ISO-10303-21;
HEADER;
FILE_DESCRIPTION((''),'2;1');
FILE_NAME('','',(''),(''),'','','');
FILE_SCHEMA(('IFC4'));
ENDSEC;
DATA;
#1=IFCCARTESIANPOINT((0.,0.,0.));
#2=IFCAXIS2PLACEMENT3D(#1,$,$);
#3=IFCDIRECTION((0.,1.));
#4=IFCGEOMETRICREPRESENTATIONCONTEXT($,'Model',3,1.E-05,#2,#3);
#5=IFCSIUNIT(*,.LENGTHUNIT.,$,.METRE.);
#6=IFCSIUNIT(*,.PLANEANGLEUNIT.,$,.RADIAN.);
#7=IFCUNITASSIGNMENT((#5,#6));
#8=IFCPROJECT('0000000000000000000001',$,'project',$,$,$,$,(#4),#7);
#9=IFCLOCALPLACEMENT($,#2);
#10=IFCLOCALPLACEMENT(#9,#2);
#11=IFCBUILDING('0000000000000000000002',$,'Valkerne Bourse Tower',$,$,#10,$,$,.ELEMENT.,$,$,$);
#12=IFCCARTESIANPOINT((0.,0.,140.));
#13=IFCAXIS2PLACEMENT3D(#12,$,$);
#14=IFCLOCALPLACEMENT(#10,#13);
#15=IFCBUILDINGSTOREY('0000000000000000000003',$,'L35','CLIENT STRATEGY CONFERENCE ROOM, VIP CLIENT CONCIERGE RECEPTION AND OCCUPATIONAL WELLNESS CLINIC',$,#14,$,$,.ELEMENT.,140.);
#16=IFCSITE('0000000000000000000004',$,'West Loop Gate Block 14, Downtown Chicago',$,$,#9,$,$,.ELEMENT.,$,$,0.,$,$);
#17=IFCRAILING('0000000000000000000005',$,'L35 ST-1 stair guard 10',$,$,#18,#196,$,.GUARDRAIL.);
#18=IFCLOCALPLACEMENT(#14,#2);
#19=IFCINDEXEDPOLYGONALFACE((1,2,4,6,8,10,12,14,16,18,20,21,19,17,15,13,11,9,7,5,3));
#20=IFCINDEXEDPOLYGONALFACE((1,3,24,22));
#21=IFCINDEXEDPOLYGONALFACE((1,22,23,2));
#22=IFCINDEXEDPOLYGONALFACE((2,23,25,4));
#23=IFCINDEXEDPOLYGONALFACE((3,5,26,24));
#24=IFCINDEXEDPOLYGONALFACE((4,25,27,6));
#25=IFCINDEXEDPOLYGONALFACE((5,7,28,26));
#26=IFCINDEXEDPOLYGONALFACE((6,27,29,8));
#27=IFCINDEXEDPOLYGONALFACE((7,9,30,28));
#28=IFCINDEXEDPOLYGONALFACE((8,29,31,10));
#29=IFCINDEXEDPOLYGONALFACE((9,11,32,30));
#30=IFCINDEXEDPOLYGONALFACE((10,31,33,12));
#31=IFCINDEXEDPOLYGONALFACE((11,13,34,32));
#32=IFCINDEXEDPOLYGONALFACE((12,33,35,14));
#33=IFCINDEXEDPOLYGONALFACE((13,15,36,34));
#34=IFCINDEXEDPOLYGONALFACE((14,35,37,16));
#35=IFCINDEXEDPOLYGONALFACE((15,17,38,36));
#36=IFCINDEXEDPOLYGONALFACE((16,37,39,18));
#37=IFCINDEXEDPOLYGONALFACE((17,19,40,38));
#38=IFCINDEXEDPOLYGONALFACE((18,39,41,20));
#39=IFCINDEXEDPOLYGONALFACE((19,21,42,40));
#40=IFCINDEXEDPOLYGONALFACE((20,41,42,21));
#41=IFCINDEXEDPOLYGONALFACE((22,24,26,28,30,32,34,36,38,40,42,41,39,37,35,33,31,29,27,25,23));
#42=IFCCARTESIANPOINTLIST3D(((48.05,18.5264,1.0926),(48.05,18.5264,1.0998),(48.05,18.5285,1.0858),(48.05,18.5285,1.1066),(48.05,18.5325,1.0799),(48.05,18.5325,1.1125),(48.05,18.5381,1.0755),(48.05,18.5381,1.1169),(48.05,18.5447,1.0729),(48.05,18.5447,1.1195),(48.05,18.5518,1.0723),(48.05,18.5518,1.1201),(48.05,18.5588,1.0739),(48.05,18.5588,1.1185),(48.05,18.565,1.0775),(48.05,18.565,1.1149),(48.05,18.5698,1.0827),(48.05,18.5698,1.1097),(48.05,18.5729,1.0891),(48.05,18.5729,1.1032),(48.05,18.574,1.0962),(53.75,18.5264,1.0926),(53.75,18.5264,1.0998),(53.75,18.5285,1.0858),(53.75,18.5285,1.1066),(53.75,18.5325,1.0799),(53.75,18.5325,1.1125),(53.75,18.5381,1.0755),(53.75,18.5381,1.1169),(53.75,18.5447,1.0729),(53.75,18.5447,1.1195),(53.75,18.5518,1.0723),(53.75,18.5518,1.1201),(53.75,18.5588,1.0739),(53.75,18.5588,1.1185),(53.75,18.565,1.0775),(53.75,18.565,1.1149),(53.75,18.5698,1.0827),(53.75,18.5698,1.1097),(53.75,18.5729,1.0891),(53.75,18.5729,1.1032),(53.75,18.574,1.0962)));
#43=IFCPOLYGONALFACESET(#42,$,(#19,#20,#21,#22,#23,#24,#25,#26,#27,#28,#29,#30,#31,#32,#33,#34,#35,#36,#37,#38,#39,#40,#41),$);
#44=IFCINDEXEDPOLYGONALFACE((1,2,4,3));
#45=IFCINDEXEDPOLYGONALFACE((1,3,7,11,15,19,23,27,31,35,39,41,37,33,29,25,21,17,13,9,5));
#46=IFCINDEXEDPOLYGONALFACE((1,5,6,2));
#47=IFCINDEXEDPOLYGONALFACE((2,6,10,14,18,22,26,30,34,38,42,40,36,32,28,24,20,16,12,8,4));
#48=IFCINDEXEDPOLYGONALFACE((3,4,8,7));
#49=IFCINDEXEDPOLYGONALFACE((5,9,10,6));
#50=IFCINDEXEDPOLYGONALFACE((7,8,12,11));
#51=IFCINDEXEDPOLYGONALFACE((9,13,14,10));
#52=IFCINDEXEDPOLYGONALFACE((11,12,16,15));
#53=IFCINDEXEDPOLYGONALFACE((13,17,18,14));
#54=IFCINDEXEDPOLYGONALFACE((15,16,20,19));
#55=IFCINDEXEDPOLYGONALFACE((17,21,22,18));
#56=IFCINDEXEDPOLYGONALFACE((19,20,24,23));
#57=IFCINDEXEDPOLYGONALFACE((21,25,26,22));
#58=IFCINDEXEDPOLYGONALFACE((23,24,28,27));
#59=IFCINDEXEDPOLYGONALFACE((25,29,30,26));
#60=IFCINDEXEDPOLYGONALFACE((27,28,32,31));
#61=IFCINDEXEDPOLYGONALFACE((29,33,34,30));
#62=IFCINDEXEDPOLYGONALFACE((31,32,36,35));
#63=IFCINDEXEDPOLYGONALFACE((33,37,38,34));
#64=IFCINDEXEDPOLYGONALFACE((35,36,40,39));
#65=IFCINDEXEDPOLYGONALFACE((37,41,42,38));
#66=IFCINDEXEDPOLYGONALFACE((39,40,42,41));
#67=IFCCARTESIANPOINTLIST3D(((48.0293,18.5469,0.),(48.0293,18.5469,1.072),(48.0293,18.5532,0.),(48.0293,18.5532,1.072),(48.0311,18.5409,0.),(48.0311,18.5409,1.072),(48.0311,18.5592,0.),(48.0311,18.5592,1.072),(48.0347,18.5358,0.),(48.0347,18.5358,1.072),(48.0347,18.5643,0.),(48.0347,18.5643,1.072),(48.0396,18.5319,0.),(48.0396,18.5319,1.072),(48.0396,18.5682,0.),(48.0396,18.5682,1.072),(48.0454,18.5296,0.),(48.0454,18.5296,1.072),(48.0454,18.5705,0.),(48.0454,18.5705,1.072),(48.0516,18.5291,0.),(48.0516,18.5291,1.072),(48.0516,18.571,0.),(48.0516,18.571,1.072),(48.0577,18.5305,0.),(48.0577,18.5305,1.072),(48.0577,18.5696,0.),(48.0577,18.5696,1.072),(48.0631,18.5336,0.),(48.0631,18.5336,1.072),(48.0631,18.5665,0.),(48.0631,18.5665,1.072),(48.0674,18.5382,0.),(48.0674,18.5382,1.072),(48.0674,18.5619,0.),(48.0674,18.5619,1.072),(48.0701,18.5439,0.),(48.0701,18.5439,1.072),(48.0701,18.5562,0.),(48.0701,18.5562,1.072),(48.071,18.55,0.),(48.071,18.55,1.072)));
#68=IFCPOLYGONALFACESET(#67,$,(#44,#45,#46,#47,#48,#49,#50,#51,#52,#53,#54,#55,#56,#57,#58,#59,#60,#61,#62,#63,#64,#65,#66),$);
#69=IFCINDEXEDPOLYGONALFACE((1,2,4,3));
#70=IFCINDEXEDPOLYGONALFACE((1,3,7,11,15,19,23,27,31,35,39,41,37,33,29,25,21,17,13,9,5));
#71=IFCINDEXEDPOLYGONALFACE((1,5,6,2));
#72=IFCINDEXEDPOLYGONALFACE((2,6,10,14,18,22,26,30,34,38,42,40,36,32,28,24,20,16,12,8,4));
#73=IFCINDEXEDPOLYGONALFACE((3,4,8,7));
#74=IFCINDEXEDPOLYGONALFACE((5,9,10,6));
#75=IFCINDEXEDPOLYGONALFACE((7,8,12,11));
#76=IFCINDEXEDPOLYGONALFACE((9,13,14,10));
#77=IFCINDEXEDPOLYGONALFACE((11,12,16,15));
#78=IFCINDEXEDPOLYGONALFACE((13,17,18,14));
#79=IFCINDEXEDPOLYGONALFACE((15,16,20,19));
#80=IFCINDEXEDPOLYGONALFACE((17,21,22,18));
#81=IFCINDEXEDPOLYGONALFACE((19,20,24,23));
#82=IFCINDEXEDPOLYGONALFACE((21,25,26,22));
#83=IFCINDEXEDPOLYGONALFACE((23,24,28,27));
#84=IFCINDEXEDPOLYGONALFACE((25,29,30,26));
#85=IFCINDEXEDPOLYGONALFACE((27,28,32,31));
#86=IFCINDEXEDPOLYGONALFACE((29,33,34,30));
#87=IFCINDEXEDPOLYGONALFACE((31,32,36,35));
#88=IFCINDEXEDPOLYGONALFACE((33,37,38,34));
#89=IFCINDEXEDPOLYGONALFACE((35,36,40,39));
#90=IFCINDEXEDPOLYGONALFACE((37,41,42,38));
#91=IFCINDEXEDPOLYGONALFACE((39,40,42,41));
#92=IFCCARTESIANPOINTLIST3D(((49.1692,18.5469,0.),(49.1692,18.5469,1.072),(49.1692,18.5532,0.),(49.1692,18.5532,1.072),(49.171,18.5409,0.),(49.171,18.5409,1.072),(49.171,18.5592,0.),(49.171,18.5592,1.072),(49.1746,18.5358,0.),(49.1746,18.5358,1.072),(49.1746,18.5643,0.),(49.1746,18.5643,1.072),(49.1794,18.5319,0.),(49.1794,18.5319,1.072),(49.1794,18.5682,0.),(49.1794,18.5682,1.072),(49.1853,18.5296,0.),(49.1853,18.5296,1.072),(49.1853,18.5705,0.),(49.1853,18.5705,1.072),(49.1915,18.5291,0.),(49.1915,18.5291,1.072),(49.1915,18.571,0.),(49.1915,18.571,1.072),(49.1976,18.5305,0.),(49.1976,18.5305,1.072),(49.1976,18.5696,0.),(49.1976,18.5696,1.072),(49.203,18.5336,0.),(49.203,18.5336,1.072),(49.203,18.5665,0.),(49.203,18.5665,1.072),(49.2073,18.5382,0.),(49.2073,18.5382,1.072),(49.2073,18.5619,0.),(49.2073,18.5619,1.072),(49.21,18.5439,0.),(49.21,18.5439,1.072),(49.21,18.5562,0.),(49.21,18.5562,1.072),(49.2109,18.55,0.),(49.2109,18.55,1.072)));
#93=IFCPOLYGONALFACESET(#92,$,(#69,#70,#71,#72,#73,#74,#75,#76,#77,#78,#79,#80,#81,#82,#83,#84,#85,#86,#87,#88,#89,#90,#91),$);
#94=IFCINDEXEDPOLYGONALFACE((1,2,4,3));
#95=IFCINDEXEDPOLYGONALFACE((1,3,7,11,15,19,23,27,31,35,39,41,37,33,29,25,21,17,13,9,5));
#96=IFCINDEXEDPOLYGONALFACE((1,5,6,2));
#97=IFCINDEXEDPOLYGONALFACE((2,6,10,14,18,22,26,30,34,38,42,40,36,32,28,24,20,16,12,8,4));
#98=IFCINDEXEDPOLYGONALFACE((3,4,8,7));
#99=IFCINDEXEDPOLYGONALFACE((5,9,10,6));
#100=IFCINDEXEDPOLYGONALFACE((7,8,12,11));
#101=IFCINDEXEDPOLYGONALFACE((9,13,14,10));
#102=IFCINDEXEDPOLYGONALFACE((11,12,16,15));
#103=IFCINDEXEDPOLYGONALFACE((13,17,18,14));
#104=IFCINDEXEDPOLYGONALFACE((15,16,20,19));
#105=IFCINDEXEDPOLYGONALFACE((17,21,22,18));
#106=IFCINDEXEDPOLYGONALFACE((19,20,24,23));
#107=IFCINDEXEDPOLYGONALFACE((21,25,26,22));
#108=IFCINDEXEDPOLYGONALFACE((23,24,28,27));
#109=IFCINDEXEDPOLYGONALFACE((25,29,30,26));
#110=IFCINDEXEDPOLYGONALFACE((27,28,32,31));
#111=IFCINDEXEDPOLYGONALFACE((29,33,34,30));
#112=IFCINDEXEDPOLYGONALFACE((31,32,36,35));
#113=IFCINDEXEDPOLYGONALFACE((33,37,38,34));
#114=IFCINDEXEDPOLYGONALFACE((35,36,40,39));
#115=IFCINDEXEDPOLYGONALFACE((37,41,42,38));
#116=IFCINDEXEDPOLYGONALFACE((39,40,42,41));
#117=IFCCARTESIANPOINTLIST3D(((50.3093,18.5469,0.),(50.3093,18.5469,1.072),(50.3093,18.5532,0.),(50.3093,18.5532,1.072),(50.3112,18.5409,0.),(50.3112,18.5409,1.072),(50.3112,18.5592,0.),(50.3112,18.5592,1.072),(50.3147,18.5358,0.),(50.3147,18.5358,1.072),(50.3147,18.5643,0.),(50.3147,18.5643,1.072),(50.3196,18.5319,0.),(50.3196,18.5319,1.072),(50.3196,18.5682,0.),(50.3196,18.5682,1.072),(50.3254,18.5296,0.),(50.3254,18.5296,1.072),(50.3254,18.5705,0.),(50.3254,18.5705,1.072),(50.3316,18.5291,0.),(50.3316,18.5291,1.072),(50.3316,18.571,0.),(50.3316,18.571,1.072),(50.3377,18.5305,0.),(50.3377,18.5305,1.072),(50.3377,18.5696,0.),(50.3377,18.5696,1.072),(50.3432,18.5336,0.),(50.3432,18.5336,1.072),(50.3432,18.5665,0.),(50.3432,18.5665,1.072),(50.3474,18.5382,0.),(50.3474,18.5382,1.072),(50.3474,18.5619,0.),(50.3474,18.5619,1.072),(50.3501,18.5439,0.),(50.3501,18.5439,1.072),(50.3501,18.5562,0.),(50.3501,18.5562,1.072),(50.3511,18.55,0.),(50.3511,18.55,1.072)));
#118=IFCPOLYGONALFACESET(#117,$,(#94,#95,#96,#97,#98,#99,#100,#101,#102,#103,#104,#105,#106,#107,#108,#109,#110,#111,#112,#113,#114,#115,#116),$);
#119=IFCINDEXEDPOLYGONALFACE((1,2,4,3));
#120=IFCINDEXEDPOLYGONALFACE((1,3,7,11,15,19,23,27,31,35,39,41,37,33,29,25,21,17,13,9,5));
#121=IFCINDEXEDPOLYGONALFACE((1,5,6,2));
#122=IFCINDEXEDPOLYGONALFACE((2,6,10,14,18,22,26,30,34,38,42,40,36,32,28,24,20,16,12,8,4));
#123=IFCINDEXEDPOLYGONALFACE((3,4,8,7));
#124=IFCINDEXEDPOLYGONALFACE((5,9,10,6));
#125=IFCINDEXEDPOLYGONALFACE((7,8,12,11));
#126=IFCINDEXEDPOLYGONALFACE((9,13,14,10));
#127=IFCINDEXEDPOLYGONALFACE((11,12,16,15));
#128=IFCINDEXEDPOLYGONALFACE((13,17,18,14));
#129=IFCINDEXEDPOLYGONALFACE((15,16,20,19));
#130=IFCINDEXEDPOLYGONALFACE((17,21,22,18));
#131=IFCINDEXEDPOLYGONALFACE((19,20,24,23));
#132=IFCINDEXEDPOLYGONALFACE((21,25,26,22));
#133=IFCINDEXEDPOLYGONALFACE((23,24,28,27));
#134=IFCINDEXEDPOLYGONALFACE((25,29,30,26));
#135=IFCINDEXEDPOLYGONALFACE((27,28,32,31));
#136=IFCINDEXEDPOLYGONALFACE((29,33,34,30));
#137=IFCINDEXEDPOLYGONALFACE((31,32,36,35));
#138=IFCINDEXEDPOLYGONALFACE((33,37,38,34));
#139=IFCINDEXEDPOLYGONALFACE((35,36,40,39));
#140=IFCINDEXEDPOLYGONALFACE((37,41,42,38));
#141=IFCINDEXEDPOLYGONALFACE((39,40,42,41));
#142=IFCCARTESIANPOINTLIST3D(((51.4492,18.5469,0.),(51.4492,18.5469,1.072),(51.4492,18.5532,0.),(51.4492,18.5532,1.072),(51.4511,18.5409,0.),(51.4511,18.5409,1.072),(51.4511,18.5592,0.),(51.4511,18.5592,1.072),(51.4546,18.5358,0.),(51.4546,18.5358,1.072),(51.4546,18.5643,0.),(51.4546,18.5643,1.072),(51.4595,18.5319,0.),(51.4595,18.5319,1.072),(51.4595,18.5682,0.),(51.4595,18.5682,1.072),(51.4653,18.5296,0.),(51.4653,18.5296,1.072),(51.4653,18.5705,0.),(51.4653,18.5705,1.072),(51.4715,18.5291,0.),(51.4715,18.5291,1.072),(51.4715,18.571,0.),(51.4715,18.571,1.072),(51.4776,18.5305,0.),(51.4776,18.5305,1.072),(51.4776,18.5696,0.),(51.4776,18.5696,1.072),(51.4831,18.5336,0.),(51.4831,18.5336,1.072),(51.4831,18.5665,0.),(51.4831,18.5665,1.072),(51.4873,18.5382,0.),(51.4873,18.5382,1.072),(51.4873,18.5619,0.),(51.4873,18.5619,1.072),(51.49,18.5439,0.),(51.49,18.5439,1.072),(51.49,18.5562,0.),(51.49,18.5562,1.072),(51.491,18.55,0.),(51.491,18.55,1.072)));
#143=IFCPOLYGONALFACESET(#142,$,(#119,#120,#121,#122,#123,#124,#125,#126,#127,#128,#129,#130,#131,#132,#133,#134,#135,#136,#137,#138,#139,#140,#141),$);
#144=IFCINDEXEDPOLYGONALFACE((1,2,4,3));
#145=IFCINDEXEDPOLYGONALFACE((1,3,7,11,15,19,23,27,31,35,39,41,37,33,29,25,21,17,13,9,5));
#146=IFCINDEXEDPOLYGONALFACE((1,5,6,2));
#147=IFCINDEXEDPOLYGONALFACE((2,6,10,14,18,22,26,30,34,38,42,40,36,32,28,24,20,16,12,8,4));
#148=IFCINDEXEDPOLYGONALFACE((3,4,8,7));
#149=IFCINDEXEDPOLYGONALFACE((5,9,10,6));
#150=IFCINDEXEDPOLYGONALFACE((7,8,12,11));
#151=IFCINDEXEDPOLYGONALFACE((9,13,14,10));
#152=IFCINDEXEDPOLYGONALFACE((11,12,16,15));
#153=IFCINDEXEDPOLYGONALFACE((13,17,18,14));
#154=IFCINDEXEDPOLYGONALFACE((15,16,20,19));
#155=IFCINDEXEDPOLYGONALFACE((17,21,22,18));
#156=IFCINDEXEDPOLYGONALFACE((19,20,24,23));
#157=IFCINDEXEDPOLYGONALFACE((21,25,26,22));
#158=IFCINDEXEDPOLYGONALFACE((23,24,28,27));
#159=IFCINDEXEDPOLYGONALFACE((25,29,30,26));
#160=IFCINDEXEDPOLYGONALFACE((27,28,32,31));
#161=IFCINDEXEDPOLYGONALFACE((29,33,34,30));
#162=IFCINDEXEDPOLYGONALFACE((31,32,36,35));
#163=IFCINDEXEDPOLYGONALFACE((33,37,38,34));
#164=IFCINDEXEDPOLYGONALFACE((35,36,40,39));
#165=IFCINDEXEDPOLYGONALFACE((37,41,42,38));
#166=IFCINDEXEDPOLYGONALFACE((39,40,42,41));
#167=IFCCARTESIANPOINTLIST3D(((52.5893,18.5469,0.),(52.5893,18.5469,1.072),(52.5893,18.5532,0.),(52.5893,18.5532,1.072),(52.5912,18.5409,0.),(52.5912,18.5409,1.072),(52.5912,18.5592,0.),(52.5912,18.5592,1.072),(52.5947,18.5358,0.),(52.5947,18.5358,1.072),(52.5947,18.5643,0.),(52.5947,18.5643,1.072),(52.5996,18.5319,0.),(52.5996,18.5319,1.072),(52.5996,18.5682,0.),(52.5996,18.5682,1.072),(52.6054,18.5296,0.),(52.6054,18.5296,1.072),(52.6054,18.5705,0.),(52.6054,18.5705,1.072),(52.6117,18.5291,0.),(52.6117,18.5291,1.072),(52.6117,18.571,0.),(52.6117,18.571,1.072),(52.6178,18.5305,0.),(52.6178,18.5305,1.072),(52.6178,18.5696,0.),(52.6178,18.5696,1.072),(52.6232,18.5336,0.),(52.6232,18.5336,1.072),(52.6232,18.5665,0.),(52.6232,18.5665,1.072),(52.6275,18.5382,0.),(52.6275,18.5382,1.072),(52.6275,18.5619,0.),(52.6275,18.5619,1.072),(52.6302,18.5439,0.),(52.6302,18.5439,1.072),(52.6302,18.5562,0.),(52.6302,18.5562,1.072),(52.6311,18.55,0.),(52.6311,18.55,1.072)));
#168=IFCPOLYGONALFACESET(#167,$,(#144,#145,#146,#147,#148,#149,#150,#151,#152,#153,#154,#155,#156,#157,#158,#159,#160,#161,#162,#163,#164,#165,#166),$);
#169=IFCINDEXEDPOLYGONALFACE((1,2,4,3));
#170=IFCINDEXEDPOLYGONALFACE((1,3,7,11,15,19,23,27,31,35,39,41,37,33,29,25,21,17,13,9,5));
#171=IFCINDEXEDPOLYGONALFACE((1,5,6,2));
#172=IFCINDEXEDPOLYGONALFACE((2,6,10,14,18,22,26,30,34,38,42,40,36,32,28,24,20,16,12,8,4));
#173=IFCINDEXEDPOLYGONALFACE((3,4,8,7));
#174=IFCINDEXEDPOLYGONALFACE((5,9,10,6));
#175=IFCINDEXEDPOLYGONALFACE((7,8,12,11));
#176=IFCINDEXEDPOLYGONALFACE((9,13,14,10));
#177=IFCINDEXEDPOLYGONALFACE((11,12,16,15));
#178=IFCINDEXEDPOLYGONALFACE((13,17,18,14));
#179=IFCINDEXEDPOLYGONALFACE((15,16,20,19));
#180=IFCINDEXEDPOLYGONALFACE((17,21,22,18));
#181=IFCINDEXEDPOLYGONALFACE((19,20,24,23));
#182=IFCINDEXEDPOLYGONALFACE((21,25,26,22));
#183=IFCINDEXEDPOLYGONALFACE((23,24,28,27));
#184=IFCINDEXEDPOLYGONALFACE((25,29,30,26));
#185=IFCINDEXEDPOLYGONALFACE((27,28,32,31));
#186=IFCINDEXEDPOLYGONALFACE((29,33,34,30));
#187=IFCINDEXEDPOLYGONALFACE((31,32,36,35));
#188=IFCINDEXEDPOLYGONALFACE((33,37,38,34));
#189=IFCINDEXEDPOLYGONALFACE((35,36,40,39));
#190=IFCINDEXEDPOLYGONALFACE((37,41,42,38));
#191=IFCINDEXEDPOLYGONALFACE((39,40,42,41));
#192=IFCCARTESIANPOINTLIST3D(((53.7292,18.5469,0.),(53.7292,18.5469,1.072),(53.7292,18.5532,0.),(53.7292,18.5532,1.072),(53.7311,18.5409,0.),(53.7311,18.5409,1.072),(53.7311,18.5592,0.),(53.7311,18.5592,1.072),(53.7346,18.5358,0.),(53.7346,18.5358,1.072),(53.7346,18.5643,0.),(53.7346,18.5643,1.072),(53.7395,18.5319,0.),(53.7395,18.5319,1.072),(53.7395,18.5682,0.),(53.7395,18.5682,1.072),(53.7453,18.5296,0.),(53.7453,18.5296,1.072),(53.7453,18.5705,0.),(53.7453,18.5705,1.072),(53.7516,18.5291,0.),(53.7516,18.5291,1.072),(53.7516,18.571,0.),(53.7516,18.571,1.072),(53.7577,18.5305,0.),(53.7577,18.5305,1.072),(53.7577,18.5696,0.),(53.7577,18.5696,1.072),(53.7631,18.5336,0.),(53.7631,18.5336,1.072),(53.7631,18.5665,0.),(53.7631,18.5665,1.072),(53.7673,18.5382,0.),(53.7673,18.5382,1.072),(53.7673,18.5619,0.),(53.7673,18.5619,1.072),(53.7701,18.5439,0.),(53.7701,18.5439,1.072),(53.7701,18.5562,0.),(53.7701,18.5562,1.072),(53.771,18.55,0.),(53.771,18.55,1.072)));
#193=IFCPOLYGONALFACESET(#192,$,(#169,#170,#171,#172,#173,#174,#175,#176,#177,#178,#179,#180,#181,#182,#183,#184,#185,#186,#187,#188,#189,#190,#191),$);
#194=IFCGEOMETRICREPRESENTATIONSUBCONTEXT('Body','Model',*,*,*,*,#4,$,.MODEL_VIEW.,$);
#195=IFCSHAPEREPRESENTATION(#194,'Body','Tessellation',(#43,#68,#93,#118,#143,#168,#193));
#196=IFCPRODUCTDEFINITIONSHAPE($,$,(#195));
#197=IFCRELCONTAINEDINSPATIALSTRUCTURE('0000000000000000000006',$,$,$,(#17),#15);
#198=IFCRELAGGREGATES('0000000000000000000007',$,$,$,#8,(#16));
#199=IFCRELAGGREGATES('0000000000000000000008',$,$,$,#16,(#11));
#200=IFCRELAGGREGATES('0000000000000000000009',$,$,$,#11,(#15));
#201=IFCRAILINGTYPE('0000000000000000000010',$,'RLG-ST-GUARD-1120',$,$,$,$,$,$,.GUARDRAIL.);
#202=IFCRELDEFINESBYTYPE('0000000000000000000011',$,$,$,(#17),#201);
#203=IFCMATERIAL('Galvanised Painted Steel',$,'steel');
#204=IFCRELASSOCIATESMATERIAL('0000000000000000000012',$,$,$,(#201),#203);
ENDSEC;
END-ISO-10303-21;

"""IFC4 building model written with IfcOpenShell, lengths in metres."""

from ifc_helpers import new_model, si_unit, direction, frame, origin, origin_2d, place, context, subcontext, project, spatial, circle, extrude, material, type_object, element, save


model = new_model("IFC4")

# Units and contexts
model_context = context("Model", 3, precision=1e-05, world=origin(), true_north=direction((0.0, 1.0)))
body_context = subcontext(model_context, "Body", "Model", "MODEL_VIEW")
ifc_project = project(units=[si_unit("LENGTHUNIT", "METRE"), si_unit("PLANEANGLEUNIT", "RADIAN")], contexts=[model_context])

# Site, building, storey
site_placement = place(None, origin())
site = spatial("IfcSite", under=ifc_project, at=site_placement, Name="West Loop Gate Block 14, Downtown Chicago", CompositionType="ELEMENT", RefElevation=0.0)
building_placement = place(site_placement, origin())
building = spatial("IfcBuilding", under=site, at=building_placement, Name="Valkerne Bourse Tower", CompositionType="ELEMENT")
storey_placement = place(building_placement, frame((0.0, 0.0, 140.0)))
storey = spatial("IfcBuildingStorey", under=building, at=storey_placement, Name="L35", Description="CLIENT STRATEGY CONFERENCE ROOM, VIP CLIENT CONCIERGE RECEPTION AND OCCUPATIONAL WELLNESS CLINIC", CompositionType="ELEMENT", Elevation=140.0)

# Shared definitions
ifc_material_1 = material(Name="Galvanised Painted Steel", Category="steel")

# Railing
railing_type_1 = type_object("IfcRailingType", Name="RLG-ST-GUARD-1120", PredefinedType="GUARDRAIL", material=ifc_material_1)
for number, where, name in (
    (1, (48.05, 18.55, 0.0), "L35 ST-1 stair guard 10"),
):
    element("IfcRailing", number, at=place(storey_placement, frame(where)), inside=storey, type_object=railing_type_1, Name=name, PredefinedType="GUARDRAIL", context=body_context, shape_type="SweptSolid", body=[
        extrude(circle(Radius=0.0239, at=origin_2d()), frame((0.0, 0.0, 1.0962), z_axis=(1.0, 0.0, 0.0), x_axis=(0.0, 1.0, 0.0)), (0.0, 0.0, 1.0), 5.7),
        extrude(circle(Radius=0.021, at=origin_2d()), origin(), (0.0, 0.0, 1.0), 1.072),
        extrude(circle(Radius=0.021, at=origin_2d()), frame((1.1399, 0.0, 0.0)), (0.0, 0.0, 1.0), 1.072),
        extrude(circle(Radius=0.021, at=origin_2d()), frame((2.28, 0.0, 0.0)), (0.0, 0.0, 1.0), 1.072),
        extrude(circle(Radius=0.021, at=origin_2d()), frame((3.4199, 0.0, 0.0)), (0.0, 0.0, 1.0), 1.072),
        extrude(circle(Radius=0.021, at=origin_2d()), frame((4.5601, 0.0, 0.0)), (0.0, 0.0, 1.0), 1.072),
        extrude(circle(Radius=0.021, at=origin_2d()), frame((5.7, 0.0, 0.0)), (0.0, 0.0, 1.0), 1.072),
    ])

save(model, "model.ifc")
